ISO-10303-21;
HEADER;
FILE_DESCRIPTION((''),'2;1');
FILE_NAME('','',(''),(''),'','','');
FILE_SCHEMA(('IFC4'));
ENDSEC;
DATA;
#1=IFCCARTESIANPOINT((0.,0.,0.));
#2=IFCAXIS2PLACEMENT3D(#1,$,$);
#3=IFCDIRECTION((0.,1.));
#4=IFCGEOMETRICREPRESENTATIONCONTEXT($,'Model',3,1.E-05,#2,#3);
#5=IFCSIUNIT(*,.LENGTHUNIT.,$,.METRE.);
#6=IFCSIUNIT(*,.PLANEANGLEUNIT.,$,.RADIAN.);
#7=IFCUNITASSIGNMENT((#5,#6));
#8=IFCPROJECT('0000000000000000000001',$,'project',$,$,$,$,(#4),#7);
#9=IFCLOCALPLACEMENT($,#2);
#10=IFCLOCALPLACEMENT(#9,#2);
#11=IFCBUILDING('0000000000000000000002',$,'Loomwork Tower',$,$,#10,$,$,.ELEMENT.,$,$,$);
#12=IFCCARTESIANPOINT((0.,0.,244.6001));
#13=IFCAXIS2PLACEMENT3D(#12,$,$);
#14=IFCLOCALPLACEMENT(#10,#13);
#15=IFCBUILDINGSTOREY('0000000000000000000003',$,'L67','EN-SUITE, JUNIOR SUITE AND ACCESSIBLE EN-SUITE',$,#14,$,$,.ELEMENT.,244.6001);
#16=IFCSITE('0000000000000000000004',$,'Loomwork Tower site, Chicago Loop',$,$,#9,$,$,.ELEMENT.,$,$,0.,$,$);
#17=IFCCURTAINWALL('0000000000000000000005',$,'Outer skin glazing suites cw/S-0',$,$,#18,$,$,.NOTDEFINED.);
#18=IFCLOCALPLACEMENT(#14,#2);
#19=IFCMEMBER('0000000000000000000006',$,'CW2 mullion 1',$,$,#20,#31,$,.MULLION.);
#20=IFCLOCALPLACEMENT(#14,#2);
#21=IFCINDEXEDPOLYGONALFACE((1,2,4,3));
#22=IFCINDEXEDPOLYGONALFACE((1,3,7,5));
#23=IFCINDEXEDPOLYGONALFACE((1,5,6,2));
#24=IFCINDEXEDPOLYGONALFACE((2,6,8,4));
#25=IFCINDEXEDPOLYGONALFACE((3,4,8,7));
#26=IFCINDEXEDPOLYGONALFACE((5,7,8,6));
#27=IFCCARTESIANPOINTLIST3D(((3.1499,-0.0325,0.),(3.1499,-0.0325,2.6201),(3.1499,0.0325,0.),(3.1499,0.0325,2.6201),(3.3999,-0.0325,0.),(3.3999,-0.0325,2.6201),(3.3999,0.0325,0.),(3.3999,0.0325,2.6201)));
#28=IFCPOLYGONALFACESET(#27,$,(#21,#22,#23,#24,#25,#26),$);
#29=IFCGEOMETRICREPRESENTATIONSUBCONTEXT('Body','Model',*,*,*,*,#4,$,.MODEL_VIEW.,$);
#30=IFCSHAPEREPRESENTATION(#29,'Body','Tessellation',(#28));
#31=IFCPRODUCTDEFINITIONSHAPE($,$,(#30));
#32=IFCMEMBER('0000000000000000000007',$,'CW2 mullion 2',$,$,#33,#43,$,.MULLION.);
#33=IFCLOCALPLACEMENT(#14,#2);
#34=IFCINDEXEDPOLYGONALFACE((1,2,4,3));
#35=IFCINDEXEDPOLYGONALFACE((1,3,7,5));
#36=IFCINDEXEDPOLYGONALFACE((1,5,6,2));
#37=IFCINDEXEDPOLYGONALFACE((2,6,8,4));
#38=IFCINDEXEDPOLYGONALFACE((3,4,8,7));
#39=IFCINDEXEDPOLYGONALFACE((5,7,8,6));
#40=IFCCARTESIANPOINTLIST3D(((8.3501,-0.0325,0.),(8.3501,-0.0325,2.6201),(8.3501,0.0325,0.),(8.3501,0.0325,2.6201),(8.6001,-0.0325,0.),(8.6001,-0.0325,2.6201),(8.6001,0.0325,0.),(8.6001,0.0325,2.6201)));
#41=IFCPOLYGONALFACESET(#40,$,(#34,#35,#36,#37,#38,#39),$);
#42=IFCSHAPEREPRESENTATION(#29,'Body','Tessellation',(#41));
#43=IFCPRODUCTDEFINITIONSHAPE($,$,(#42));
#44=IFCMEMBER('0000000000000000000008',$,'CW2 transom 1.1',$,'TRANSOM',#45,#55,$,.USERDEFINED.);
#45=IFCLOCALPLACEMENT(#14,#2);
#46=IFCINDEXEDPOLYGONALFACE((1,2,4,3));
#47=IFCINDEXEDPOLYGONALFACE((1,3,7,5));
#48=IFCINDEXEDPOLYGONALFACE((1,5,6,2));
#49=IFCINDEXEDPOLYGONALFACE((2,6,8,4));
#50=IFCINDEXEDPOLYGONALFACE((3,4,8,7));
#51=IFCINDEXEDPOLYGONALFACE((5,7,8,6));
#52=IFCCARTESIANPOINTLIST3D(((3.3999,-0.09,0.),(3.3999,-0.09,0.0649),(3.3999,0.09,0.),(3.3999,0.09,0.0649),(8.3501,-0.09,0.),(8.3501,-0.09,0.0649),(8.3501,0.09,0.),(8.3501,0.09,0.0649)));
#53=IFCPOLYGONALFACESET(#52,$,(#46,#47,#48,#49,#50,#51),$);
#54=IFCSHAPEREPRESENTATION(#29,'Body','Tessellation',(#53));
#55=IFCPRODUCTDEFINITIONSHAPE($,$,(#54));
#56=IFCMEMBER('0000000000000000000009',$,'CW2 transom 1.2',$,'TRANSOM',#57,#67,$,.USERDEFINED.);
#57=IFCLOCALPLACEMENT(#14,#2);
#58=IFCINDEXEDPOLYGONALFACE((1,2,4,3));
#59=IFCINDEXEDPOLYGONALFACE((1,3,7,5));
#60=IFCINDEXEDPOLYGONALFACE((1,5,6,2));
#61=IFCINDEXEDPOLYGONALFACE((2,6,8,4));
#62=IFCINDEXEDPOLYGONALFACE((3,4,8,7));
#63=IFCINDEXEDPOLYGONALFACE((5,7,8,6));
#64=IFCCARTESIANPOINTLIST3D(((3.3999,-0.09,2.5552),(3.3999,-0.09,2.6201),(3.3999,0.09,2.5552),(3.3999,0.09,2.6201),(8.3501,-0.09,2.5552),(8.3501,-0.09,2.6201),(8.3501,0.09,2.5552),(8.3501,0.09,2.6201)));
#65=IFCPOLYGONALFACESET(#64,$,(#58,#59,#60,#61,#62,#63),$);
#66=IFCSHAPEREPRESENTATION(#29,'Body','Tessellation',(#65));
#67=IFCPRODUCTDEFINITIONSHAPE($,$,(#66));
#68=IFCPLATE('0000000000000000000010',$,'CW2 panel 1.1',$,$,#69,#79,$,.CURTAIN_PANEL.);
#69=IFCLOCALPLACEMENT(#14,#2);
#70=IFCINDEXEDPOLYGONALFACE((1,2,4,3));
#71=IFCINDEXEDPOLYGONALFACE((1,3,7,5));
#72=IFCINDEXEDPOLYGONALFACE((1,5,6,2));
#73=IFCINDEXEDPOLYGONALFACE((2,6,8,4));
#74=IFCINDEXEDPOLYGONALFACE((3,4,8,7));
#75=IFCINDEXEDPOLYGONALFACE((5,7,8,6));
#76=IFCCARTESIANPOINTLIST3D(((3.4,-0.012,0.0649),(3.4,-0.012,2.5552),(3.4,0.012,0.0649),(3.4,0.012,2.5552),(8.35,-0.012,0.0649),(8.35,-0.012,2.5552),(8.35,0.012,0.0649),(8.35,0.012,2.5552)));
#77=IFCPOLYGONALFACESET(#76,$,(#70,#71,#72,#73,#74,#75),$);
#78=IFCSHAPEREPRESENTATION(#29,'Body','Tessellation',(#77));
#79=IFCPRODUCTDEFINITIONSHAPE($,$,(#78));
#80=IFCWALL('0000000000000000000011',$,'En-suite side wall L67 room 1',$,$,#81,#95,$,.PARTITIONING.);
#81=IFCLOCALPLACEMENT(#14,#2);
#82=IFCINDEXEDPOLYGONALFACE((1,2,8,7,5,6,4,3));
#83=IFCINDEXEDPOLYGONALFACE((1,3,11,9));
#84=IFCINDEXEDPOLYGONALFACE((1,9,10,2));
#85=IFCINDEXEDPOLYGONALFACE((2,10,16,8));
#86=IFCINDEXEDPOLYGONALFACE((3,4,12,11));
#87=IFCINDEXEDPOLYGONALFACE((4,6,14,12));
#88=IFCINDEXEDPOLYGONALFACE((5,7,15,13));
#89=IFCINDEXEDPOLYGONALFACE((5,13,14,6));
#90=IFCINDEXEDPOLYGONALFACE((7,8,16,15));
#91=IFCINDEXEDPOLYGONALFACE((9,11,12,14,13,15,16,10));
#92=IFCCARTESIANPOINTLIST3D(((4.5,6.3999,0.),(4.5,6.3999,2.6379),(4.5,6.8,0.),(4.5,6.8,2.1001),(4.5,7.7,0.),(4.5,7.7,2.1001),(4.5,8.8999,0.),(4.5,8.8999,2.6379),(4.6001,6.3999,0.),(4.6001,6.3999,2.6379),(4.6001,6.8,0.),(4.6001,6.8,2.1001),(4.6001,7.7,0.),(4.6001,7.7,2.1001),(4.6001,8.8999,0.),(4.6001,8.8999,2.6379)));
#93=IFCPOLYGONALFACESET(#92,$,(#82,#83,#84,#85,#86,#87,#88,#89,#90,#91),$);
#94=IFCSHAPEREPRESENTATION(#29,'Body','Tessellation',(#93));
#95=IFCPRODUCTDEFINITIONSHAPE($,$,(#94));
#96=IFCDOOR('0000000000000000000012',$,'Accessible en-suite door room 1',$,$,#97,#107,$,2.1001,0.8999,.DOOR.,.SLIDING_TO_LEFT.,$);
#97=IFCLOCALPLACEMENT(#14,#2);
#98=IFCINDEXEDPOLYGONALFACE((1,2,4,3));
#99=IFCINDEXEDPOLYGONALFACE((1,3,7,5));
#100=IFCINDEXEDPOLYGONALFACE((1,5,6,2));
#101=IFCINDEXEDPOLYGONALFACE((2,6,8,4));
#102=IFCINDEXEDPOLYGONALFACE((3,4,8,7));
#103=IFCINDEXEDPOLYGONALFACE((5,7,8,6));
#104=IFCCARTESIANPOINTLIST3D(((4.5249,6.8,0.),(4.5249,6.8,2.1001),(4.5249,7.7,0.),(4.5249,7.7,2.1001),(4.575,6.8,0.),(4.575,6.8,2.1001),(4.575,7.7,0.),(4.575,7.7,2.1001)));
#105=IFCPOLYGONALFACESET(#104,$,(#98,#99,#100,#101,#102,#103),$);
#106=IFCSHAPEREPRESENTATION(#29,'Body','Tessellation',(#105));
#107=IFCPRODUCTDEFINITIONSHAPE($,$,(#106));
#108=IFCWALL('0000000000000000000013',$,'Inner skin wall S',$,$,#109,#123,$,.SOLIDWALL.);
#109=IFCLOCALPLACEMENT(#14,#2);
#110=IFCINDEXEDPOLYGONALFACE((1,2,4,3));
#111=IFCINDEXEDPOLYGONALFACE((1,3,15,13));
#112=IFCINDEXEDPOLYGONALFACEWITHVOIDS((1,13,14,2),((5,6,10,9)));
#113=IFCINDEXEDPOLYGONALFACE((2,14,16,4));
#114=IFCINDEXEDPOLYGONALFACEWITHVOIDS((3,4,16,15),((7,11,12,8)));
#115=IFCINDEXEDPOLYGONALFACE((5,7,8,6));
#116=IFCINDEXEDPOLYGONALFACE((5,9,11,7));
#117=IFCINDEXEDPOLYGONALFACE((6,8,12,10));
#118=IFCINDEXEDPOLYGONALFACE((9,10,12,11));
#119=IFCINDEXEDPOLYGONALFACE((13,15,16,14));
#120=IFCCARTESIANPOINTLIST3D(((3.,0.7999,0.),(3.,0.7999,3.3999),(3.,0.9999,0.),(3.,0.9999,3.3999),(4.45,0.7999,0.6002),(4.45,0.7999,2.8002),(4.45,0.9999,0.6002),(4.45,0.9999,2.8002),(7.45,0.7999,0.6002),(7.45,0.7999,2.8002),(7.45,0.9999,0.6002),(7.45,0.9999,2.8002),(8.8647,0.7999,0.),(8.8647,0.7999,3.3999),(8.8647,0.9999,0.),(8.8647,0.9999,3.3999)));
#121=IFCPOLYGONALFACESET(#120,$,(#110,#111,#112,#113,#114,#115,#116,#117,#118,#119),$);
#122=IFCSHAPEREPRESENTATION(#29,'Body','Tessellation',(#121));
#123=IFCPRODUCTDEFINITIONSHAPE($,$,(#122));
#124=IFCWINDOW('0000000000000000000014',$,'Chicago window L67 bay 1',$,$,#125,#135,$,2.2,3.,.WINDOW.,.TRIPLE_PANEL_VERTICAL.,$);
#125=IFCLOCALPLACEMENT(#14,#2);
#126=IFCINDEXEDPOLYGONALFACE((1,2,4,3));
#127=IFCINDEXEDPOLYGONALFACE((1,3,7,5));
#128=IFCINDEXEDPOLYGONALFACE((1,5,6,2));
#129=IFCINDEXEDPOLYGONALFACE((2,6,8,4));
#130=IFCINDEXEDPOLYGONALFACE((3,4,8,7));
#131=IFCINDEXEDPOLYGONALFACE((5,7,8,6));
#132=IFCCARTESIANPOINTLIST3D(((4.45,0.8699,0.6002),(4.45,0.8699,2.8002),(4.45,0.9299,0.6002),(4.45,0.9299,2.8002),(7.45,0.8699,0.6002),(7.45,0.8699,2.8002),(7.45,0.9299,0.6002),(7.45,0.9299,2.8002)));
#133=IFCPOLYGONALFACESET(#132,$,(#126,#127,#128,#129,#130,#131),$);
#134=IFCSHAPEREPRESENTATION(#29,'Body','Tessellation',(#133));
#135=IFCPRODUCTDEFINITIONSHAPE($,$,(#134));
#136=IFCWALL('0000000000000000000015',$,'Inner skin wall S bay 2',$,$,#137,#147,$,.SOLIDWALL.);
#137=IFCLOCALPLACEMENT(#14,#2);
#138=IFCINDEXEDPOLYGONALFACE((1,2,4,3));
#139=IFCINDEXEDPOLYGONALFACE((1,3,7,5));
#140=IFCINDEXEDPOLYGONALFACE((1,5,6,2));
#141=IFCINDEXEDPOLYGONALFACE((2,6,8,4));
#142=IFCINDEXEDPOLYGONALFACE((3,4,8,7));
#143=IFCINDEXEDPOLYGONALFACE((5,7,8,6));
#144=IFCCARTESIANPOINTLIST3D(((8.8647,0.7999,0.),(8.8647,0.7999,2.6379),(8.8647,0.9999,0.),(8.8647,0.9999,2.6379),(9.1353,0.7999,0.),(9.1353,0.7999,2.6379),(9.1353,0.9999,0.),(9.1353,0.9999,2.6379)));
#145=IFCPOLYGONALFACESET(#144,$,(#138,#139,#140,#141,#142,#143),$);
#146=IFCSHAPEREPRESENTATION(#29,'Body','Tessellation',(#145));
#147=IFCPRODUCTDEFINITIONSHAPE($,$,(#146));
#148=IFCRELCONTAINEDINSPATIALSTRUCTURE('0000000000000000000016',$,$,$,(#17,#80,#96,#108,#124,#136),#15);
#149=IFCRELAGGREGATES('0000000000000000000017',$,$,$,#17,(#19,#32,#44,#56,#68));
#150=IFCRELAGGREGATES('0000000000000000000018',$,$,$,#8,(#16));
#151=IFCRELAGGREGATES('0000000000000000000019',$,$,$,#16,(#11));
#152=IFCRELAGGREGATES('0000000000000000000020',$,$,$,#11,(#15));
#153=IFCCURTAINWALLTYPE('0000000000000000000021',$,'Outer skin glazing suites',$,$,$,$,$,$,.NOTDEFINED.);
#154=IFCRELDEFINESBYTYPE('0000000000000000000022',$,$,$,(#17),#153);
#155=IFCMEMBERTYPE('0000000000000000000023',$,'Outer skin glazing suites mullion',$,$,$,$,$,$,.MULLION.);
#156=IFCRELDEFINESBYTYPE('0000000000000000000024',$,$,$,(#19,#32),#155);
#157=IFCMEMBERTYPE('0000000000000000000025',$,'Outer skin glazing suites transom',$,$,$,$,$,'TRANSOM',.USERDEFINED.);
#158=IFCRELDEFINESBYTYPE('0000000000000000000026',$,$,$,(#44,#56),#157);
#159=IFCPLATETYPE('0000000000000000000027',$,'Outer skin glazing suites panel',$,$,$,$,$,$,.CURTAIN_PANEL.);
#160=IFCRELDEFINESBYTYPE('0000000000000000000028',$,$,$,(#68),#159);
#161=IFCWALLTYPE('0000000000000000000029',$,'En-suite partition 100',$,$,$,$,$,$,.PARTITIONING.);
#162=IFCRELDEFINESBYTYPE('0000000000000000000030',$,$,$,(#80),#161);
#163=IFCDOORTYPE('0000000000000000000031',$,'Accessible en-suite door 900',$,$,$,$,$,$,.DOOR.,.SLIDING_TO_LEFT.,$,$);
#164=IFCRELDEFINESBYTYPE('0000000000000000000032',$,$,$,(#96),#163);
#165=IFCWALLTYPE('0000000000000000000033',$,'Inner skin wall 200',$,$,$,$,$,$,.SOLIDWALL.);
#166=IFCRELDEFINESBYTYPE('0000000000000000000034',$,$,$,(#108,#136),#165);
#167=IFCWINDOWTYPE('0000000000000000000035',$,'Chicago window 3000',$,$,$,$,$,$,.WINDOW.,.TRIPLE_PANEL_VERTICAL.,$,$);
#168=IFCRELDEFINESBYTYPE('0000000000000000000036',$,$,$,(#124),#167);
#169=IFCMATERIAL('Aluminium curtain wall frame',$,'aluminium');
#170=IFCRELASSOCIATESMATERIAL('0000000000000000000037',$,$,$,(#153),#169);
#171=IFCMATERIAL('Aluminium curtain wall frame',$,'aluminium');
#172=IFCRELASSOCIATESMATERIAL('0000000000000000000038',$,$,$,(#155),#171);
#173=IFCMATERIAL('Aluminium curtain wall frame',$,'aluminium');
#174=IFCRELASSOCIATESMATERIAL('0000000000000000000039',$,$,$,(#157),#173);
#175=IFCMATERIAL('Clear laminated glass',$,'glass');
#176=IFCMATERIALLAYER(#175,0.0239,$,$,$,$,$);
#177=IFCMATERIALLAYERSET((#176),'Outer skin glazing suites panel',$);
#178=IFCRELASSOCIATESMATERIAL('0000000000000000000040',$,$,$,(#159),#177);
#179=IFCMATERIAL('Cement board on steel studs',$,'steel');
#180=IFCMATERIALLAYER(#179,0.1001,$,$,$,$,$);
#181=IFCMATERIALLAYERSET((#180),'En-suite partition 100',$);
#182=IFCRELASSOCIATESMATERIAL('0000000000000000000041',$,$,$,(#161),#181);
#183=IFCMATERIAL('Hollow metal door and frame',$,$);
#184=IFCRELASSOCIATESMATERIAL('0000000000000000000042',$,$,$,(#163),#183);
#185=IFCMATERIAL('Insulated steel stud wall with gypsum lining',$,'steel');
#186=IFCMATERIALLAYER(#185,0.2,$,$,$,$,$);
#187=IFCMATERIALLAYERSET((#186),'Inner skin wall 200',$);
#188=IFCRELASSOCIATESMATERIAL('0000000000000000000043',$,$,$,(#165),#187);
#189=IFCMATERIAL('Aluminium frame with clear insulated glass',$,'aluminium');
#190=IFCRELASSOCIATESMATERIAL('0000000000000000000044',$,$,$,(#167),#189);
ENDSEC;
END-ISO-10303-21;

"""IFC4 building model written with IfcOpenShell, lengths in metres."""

from ifc_helpers import new_model, si_unit, direction, frame, frame_2d, origin, origin_2d, place, context, subcontext, project, spatial, rectangle, extrude, material, layer, layer_set, material_profile, profile_set, type_object, element, fill, aggregate, save


model = new_model("IFC4")

# Units and contexts
model_context = context("Model", 3, precision=1e-05, world=origin(), true_north=direction((0.0, 1.0)))
body_context = subcontext(model_context, "Body", "Model", "MODEL_VIEW")
ifc_project = project(units=[si_unit("LENGTHUNIT", "METRE"), si_unit("PLANEANGLEUNIT", "RADIAN")], contexts=[model_context])

# Site, building, storey
site_placement = place(None, origin())
site = spatial("IfcSite", under=ifc_project, at=site_placement, Name="Loomwork Tower site, Chicago Loop", CompositionType="ELEMENT", RefElevation=0.0)
building_placement = place(site_placement, origin())
building = spatial("IfcBuilding", under=site, at=building_placement, Name="Loomwork Tower", CompositionType="ELEMENT")
storey_placement = place(building_placement, frame((0.0, 0.0, 244.6001)))
storey = spatial("IfcBuildingStorey", under=building, at=storey_placement, Name="L67", Description="EN-SUITE, JUNIOR SUITE AND ACCESSIBLE EN-SUITE", CompositionType="ELEMENT", Elevation=244.6001)

# Curtain wall, members, plate
ifc_material_1 = material(Name="Aluminium curtain wall frame", Category="aluminium")
curtain_wall_type = type_object("IfcCurtainWallType", Name="Outer skin glazing suites", PredefinedType="NOTDEFINED", material=ifc_material_1)
curtain_wall_placement = place(storey_placement, origin())
curtain_wall = element("IfcCurtainWall", 1, at=curtain_wall_placement, inside=storey, type_object=curtain_wall_type, Name="Outer skin glazing suites cw/S-0", PredefinedType="NOTDEFINED")
ifc_material_2 = material(Name="Aluminium curtain wall frame", Category="aluminium")
ifc_material_profile_1 = material_profile(ifc_material_2, rectangle(XDim=0.0649, YDim=0.25, at=origin_2d()), Name="AL 65x250")
ifc_profile_set_1 = profile_set([ifc_material_profile_1], Name="Aluminium curtain wall frame")
member_type_1 = type_object("IfcMemberType", Name="Outer skin glazing suites mullion", PredefinedType="MULLION", material=ifc_profile_set_1)
member_1_placement = place(storey_placement, frame((3.2749, 0.0, 0.0), z_axis=(0.0, 0.0, 1.0), x_axis=(0.0, 1.0, 0.0)))
member_1 = element("IfcMember", 2, at=member_1_placement, type_object=member_type_1, Name="CW2 mullion 1", PredefinedType="MULLION", context=body_context, shape_type="SweptSolid", body=[
    extrude(rectangle(XDim=0.0649, YDim=0.25, at=origin_2d()), origin(), (0.0, 0.0, 1.0), 2.6201),
])
member_2_placement = place(storey_placement, frame((8.4751, 0.0, 0.0), z_axis=(0.0, 0.0, 1.0), x_axis=(0.0, 1.0, 0.0)))
member_2 = element("IfcMember", 3, at=member_2_placement, type_object=member_type_1, Name="CW2 mullion 2", PredefinedType="MULLION", context=body_context, shape_type="SweptSolid", body=[
    extrude(rectangle(XDim=0.0649, YDim=0.25, at=origin_2d()), origin(), (0.0, 0.0, 1.0), 2.6201),
])
ifc_material_3 = material(Name="Aluminium curtain wall frame", Category="aluminium")
ifc_material_profile_2 = material_profile(ifc_material_3, rectangle(XDim=0.1799, YDim=0.0649, at=origin_2d()), Name="AL 65x180")
ifc_profile_set_2 = profile_set([ifc_material_profile_2], Name="Aluminium curtain wall frame")
member_type_2 = type_object("IfcMemberType", Name="Outer skin glazing suites transom", ElementType="TRANSOM", PredefinedType="USERDEFINED", material=ifc_profile_set_2)
member_3_placement = place(storey_placement, frame((3.3999, 0.0, 0.0325), z_axis=(1.0, 0.0, 0.0), x_axis=(0.0, 1.0, 0.0)))
member_3 = element("IfcMember", 4, at=member_3_placement, type_object=member_type_2, Name="CW2 transom 1.1", ObjectType="TRANSOM", PredefinedType="USERDEFINED", context=body_context, shape_type="SweptSolid", body=[
    extrude(rectangle(XDim=0.1799, YDim=0.0649, at=origin_2d()), origin(), (0.0, 0.0, 1.0), 4.9502),
])
member_4_placement = place(storey_placement, frame((3.3999, 0.0, 2.5876), z_axis=(1.0, 0.0, 0.0), x_axis=(0.0, 1.0, 0.0)))
member_4 = element("IfcMember", 5, at=member_4_placement, type_object=member_type_2, Name="CW2 transom 1.2", ObjectType="TRANSOM", PredefinedType="USERDEFINED", context=body_context, shape_type="SweptSolid", body=[
    extrude(rectangle(XDim=0.1799, YDim=0.0649, at=origin_2d()), origin(), (0.0, 0.0, 1.0), 4.9502),
])
ifc_material_4 = material(Name="Clear laminated glass", Category="glass")
ifc_layer_1 = layer(ifc_material_4, 0.0239)
ifc_layer_set_1 = layer_set([ifc_layer_1], Name="Outer skin glazing suites panel")
plate_type = type_object("IfcPlateType", Name="Outer skin glazing suites panel", PredefinedType="CURTAIN_PANEL", material=ifc_layer_set_1)
plate_placement = place(storey_placement, frame((5.875, 0.0, 0.0649), z_axis=(0.0, 0.0, 1.0), x_axis=(1.0, 0.0, 0.0)))
plate = element("IfcPlate", 6, at=plate_placement, type_object=plate_type, Name="CW2 panel 1.1", PredefinedType="CURTAIN_PANEL", context=body_context, shape_type="SweptSolid", body=[
    extrude(rectangle(XDim=4.95, YDim=0.0239, at=origin_2d()), origin(), (0.0, 0.0, 1.0), 2.4902),
])
aggregate(curtain_wall, [member_1, member_2, member_3, member_4, plate])

# Wall, opening, door
ifc_material_5 = material(Name="Cement board on steel studs", Category="steel")
ifc_layer_2 = layer(ifc_material_5, 0.1001)
ifc_layer_set_2 = layer_set([ifc_layer_2], Name="En-suite partition 100")
wall_type_1 = type_object("IfcWallType", Name="En-suite partition 100", PredefinedType="PARTITIONING", material=ifc_layer_set_2)
wall_1_placement = place(storey_placement, frame((4.55, 8.8999, 0.0), z_axis=(0.0, 0.0, 1.0), x_axis=(0.0, -1.0, 0.0)))
wall_1 = element("IfcWall", 7, at=wall_1_placement, inside=storey, type_object=wall_type_1, Name="En-suite side wall L67 room 1", PredefinedType="PARTITIONING", context=body_context, shape_type="SweptSolid", body=[
    extrude(rectangle(XDim=2.5, YDim=0.1001, at=frame_2d((1.25, 0.0))), origin(), (0.0, 0.0, 1.0), 2.6379),
])
opening_1_placement = place(wall_1_placement, frame((1.2, 0.0, 0.0)))
opening_1 = element("IfcOpeningElement", 8, at=opening_1_placement, cuts=wall_1, PredefinedType="OPENING", context=body_context, shape_type="SweptSolid", body=[
    extrude(rectangle(XDim=0.8999, YDim=2.1001, at=frame_2d((0.45, 1.05))), frame((0.0, 0.0601, 0.0), z_axis=(0.0, -1.0, 0.0), x_axis=(1.0, 0.0, 0.0)), (0.0, 0.0, 1.0), 0.1201),
])
ifc_material_6 = material(Name="Hollow metal door and frame")
door_type = type_object("IfcDoorType", Name="Accessible en-suite door 900", OperationType="SLIDING_TO_LEFT", PredefinedType="DOOR", material=ifc_material_6)
door_placement = place(opening_1_placement, origin())
door = element("IfcDoor", 9, at=door_placement, inside=storey, type_object=door_type, Name="Accessible en-suite door room 1", OperationType="SLIDING_TO_LEFT", OverallHeight=2.1001, OverallWidth=0.8999, PredefinedType="DOOR", context=body_context, shape_type="SweptSolid", body=[
    extrude(rectangle(XDim=0.8999, YDim=2.1001, at=frame_2d((0.45, 1.05))), frame((0.0, 0.0249, 0.0), z_axis=(0.0, -1.0, 0.0), x_axis=(1.0, 0.0, 0.0)), (0.0, 0.0, 1.0), 0.05),
])
fill(opening_1, door)

# Wall, opening, window
ifc_material_7 = material(Name="Insulated steel stud wall with gypsum lining", Category="steel")
ifc_layer_3 = layer(ifc_material_7, 0.2)
ifc_layer_set_3 = layer_set([ifc_layer_3], Name="Inner skin wall 200")
wall_type_2 = type_object("IfcWallType", Name="Inner skin wall 200", PredefinedType="SOLIDWALL", material=ifc_layer_set_3)
wall_2_placement = place(storey_placement, frame((3.0, 0.8999, 0.0), z_axis=(0.0, 0.0, 1.0), x_axis=(1.0, 0.0, 0.0)))
wall_2 = element("IfcWall", 10, at=wall_2_placement, inside=storey, type_object=wall_type_2, Name="Inner skin wall S", PredefinedType="SOLIDWALL", context=body_context, shape_type="SweptSolid", body=[
    extrude(rectangle(XDim=5.8647, YDim=0.2, at=frame_2d((2.9324, 0.0))), origin(), (0.0, 0.0, 1.0), 3.3999),
])
opening_2_placement = place(wall_2_placement, frame((1.45, 0.0, 0.6001)))
opening_2 = element("IfcOpeningElement", 11, at=opening_2_placement, cuts=wall_2, PredefinedType="OPENING", context=body_context, shape_type="SweptSolid", body=[
    extrude(rectangle(XDim=3.0, YDim=2.2, at=frame_2d((1.5, 1.1001))), frame((0.0, 0.1099, 0.0), z_axis=(0.0, -1.0, 0.0), x_axis=(1.0, 0.0, 0.0)), (0.0, 0.0, 1.0), 0.22),
])
ifc_material_8 = material(Name="Aluminium frame with clear insulated glass", Category="aluminium")
window_type_1 = type_object("IfcWindowType", Name="Chicago window 3000", PartitioningType="TRIPLE_PANEL_VERTICAL", PredefinedType="WINDOW", material=ifc_material_8)
window_1_placement = place(opening_2_placement, origin())
window_1 = element("IfcWindow", 12, at=window_1_placement, inside=storey, type_object=window_type_1, Name="Chicago window L67 bay 1", OverallHeight=2.2, OverallWidth=3.0, PartitioningType="TRIPLE_PANEL_VERTICAL", PredefinedType="WINDOW", context=body_context, shape_type="SweptSolid", body=[
    extrude(rectangle(XDim=3.0, YDim=2.2, at=frame_2d((1.5, 1.1001))), frame((0.0, 0.03, 0.0), z_axis=(0.0, -1.0, 0.0), x_axis=(1.0, 0.0, 0.0)), (0.0, 0.0, 1.0), 0.0601),
])
fill(opening_2, window_1)

# Wall
wall_3_placement = place(storey_placement, frame((8.8647, 0.8999, 0.0), z_axis=(0.0, 0.0, 1.0), x_axis=(1.0, 0.0, 0.0)))
element("IfcWall", 13, at=wall_3_placement, inside=storey, type_object=wall_type_2, Name="Inner skin wall S bay 2", PredefinedType="SOLIDWALL", context=body_context, shape_type="SweptSolid", body=[
    extrude(rectangle(XDim=0.2705, YDim=0.2, at=frame_2d((0.1353, 0.0))), origin(), (0.0, 0.0, 1.0), 2.6379),
])

save(model, "model.ifc")
